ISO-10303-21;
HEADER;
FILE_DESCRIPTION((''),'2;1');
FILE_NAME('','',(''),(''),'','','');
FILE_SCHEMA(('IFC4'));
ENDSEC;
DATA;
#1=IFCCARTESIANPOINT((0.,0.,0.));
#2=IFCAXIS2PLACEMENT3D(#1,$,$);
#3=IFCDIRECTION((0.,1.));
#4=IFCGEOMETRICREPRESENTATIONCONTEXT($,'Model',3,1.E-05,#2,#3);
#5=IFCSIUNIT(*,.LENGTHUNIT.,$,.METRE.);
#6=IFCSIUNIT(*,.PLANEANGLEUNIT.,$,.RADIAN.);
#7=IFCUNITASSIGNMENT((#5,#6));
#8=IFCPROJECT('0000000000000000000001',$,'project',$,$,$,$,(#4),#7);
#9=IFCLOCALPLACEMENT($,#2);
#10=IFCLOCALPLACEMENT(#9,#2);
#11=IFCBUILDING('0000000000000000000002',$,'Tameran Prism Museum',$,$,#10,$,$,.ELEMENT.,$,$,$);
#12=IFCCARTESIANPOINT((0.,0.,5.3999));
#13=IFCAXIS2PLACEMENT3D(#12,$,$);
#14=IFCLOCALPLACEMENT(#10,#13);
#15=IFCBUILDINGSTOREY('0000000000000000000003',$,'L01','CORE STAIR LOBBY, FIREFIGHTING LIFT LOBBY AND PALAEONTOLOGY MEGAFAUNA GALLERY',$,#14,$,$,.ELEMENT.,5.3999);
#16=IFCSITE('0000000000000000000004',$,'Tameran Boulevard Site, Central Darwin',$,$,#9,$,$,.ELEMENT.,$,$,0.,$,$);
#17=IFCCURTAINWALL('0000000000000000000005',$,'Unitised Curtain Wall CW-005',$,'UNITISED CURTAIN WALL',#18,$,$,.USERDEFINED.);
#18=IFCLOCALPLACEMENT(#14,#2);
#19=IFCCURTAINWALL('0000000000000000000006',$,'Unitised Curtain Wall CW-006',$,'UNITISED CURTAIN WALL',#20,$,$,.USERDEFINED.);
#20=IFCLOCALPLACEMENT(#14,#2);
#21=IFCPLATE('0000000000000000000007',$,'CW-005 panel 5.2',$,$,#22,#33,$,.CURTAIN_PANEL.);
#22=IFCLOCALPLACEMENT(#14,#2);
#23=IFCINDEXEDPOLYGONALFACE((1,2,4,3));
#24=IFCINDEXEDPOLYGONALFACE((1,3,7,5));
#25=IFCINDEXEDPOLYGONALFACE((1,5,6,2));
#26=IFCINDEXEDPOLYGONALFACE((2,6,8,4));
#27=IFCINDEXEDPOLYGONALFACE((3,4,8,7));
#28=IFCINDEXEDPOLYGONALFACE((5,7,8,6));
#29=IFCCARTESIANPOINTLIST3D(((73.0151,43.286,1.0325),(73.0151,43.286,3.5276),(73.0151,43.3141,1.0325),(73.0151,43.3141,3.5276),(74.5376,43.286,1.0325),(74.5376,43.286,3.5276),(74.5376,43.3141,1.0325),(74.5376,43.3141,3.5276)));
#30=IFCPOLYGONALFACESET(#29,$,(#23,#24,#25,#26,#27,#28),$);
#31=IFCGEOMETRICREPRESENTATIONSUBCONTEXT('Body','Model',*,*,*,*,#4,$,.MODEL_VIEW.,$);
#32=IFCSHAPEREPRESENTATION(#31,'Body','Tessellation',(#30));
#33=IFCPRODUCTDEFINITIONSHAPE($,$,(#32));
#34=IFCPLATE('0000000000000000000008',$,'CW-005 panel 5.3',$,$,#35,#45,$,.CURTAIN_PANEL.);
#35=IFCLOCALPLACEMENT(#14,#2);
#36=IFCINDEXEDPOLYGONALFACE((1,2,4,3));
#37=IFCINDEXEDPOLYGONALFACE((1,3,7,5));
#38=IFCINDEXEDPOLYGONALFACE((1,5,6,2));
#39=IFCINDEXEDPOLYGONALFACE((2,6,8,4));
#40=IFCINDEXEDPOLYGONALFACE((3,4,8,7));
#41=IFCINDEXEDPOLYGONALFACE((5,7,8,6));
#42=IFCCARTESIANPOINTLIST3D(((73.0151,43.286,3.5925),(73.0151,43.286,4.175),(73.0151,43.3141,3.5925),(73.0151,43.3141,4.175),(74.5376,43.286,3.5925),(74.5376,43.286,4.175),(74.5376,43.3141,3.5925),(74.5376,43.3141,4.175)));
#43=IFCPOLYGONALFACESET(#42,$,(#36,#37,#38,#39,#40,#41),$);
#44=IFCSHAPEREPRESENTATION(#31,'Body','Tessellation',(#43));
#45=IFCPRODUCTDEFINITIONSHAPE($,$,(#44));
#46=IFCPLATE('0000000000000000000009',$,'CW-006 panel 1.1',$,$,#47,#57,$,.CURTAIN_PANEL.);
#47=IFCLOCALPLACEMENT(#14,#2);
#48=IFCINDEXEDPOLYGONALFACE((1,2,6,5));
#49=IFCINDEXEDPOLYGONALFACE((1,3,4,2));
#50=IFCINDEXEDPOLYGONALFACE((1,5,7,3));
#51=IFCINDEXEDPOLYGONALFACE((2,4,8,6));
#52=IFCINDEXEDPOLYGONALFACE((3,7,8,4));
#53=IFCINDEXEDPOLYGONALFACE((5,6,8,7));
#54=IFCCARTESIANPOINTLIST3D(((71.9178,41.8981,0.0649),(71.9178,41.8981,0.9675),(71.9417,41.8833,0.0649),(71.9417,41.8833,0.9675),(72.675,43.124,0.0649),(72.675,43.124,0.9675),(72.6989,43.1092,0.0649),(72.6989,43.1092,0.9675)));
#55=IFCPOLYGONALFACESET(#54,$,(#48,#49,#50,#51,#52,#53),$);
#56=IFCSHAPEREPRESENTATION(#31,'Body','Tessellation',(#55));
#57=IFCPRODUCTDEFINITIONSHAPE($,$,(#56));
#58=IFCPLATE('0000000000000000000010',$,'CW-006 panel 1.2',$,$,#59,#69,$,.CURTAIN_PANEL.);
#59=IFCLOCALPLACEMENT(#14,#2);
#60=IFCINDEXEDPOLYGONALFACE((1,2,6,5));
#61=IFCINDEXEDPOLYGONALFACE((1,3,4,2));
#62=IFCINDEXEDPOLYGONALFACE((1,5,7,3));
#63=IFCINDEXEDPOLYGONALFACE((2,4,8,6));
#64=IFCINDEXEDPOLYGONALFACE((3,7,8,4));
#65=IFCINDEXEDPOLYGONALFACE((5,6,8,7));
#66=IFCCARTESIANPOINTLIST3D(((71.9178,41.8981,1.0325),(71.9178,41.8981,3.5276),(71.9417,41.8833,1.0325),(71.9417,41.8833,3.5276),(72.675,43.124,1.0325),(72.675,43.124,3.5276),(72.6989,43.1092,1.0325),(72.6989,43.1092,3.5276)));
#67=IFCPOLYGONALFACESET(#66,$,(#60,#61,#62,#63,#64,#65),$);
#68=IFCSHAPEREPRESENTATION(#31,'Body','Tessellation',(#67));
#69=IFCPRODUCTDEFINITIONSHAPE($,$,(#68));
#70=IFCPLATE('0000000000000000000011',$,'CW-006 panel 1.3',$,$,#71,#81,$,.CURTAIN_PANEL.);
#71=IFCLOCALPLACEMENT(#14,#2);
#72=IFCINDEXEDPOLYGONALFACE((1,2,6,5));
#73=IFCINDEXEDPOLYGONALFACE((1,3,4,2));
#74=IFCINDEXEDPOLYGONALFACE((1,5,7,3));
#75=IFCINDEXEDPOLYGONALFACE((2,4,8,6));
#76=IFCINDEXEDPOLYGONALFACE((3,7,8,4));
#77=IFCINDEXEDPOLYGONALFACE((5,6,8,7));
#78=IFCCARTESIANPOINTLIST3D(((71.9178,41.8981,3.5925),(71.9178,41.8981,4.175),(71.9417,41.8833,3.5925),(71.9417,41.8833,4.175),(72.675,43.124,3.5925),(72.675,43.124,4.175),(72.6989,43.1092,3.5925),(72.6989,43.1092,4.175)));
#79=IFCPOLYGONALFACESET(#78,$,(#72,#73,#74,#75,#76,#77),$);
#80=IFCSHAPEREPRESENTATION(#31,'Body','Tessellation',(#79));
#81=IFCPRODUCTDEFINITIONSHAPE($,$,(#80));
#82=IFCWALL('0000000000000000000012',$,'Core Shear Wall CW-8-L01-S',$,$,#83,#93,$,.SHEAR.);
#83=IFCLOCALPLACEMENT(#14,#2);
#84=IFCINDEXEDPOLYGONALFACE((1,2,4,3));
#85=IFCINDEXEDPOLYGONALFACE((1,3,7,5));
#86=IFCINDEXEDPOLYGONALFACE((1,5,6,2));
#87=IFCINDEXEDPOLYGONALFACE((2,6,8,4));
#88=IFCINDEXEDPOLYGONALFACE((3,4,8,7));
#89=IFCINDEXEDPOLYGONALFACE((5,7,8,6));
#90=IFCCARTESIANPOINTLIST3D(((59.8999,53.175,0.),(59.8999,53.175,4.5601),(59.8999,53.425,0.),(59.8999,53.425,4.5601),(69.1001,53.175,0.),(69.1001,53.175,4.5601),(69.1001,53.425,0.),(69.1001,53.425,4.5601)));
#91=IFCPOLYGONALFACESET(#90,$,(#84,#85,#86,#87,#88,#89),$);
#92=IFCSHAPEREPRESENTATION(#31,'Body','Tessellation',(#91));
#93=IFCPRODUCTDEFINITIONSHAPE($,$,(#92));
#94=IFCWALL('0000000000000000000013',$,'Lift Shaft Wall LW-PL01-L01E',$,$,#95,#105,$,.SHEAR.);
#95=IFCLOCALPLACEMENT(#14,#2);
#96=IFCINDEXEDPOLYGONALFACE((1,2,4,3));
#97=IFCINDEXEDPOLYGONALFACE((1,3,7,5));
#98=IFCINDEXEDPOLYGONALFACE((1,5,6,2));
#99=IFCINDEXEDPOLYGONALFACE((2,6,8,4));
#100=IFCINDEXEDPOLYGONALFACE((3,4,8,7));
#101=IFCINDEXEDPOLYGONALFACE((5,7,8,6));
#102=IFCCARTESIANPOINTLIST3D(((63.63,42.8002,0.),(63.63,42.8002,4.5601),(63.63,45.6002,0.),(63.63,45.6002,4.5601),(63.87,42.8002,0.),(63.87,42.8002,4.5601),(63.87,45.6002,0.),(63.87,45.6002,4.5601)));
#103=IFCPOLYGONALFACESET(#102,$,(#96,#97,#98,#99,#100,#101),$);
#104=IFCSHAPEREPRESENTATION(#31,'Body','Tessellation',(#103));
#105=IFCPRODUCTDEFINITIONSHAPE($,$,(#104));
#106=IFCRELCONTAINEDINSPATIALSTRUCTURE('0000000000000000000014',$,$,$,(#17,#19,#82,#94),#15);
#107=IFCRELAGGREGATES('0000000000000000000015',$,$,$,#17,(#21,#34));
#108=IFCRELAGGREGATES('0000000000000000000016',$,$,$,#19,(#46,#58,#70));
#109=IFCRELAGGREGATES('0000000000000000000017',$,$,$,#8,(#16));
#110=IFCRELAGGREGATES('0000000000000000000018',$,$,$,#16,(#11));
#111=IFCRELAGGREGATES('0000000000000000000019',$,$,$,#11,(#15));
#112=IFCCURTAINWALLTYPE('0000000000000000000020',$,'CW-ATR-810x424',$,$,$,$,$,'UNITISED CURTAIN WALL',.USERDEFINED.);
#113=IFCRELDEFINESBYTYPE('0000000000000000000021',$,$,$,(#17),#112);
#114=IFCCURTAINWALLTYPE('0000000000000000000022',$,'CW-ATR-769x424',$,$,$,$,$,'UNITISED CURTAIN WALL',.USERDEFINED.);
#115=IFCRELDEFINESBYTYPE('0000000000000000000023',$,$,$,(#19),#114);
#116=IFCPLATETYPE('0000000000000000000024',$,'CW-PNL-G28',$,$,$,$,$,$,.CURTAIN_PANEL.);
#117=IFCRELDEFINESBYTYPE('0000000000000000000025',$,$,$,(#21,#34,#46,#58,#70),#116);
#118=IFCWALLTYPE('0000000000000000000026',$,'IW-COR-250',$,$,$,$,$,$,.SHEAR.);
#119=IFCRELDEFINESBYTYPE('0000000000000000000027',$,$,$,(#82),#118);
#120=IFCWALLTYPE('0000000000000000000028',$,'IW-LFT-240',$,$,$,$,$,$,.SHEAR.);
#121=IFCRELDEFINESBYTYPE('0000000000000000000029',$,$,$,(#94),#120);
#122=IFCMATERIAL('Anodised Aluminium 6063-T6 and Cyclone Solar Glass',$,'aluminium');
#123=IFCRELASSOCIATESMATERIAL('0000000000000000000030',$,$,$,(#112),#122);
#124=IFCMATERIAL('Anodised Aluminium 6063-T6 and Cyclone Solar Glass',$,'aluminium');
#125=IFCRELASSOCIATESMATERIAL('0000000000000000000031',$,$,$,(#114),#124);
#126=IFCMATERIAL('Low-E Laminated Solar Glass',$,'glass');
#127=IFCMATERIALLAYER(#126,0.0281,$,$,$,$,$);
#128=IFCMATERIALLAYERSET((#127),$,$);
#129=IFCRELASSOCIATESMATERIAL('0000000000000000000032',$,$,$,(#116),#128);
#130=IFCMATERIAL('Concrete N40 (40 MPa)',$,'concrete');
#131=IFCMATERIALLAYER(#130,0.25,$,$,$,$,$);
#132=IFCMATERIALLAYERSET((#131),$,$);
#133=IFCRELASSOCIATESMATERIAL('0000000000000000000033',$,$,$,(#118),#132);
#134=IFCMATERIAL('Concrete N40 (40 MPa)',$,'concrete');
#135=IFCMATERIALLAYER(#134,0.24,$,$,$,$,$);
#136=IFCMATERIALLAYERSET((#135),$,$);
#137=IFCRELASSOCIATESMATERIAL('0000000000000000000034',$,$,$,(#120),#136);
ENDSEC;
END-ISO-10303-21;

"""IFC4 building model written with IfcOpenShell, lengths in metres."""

from ifc_helpers import new_model, si_unit, direction, frame, frame_2d, origin, origin_2d, place, context, subcontext, project, spatial, rectangle, extrude, material, layer, layer_set, type_object, element, aggregate, save


model = new_model("IFC4")

# Units and contexts
model_context = context("Model", 3, precision=1e-05, world=origin(), true_north=direction((0.0, 1.0)))
body_context = subcontext(model_context, "Body", "Model", "MODEL_VIEW")
ifc_project = project(units=[si_unit("LENGTHUNIT", "METRE"), si_unit("PLANEANGLEUNIT", "RADIAN")], contexts=[model_context])

# Site, building, storey
site_placement = place(None, origin())
site = spatial("IfcSite", under=ifc_project, at=site_placement, Name="Tameran Boulevard Site, Central Darwin", CompositionType="ELEMENT", RefElevation=0.0)
building_placement = place(site_placement, origin())
building = spatial("IfcBuilding", under=site, at=building_placement, Name="Tameran Prism Museum", CompositionType="ELEMENT")
storey_placement = place(building_placement, frame((0.0, 0.0, 5.3999)))
storey = spatial("IfcBuildingStorey", under=building, at=storey_placement, Name="L01", Description="CORE STAIR LOBBY, FIREFIGHTING LIFT LOBBY AND PALAEONTOLOGY MEGAFAUNA GALLERY", CompositionType="ELEMENT", Elevation=5.3999)

# Curtain walls
ifc_material_1 = material(Name="Anodised Aluminium 6063-T6 and Cyclone Solar Glass", Category="aluminium")
curtain_wall_type_1 = type_object("IfcCurtainWallType", Name="CW-ATR-810x424", ElementType="UNITISED CURTAIN WALL", PredefinedType="USERDEFINED", material=ifc_material_1)
curtain_wall_1_placement = place(storey_placement, origin())
curtain_wall_1 = element("IfcCurtainWall", 1, at=curtain_wall_1_placement, inside=storey, type_object=curtain_wall_type_1, Name="Unitised Curtain Wall CW-005", ObjectType="UNITISED CURTAIN WALL", PredefinedType="USERDEFINED")
ifc_material_2 = material(Name="Anodised Aluminium 6063-T6 and Cyclone Solar Glass", Category="aluminium")
curtain_wall_type_2 = type_object("IfcCurtainWallType", Name="CW-ATR-769x424", ElementType="UNITISED CURTAIN WALL", PredefinedType="USERDEFINED", material=ifc_material_2)
curtain_wall_2_placement = place(storey_placement, origin())
curtain_wall_2 = element("IfcCurtainWall", 2, at=curtain_wall_2_placement, inside=storey, type_object=curtain_wall_type_2, Name="Unitised Curtain Wall CW-006", ObjectType="UNITISED CURTAIN WALL", PredefinedType="USERDEFINED")

# Plates
ifc_material_3 = material(Name="Low-E Laminated Solar Glass", Category="glass")
ifc_layer_1 = layer(ifc_material_3, 0.0281)
ifc_layer_set_1 = layer_set([ifc_layer_1])
plate_type = type_object("IfcPlateType", Name="CW-PNL-G28", PredefinedType="CURTAIN_PANEL", material=ifc_layer_set_1)
plate_1_placement = place(storey_placement, frame((73.7764, 43.3, 1.0325), z_axis=(0.0, 0.0, 1.0), x_axis=(-1.0, 0.0, 0.0)))
plate_1 = element("IfcPlate", 3, at=plate_1_placement, type_object=plate_type, Name="CW-005 panel 5.2", PredefinedType="CURTAIN_PANEL", context=body_context, shape_type="SweptSolid", body=[
    extrude(rectangle(XDim=1.5225, YDim=0.0281, at=origin_2d()), origin(), (0.0, 0.0, 1.0), 2.4951),
])
plate_2_placement = place(storey_placement, frame((73.7764, 43.3, 3.5925), z_axis=(0.0, 0.0, 1.0), x_axis=(-1.0, 0.0, 0.0)))
plate_2 = element("IfcPlate", 4, at=plate_2_placement, type_object=plate_type, Name="CW-005 panel 5.3", PredefinedType="CURTAIN_PANEL", context=body_context, shape_type="SweptSolid", body=[
    extrude(rectangle(XDim=1.5225, YDim=0.0281, at=origin_2d()), origin(), (0.0, 0.0, 1.0), 0.5825),
])
aggregate(curtain_wall_1, [plate_1, plate_2])
plate_3_placement = place(storey_placement, frame((72.3083, 42.5037, 0.0649), z_axis=(0.0, 0.0, 1.0), x_axis=(-0.525504, -0.850791, 0.0)))
plate_3 = element("IfcPlate", 5, at=plate_3_placement, type_object=plate_type, Name="CW-006 panel 1.1", PredefinedType="CURTAIN_PANEL", context=body_context, shape_type="SweptSolid", body=[
    extrude(rectangle(XDim=1.4409, YDim=0.0281, at=origin_2d()), origin(), (0.0, 0.0, 1.0), 0.9026),
])
plate_4_placement = place(storey_placement, frame((72.3083, 42.5037, 1.0325), z_axis=(0.0, 0.0, 1.0), x_axis=(-0.525504, -0.850791, 0.0)))
plate_4 = element("IfcPlate", 6, at=plate_4_placement, type_object=plate_type, Name="CW-006 panel 1.2", PredefinedType="CURTAIN_PANEL", context=body_context, shape_type="SweptSolid", body=[
    extrude(rectangle(XDim=1.4409, YDim=0.0281, at=origin_2d()), origin(), (0.0, 0.0, 1.0), 2.4951),
])
plate_5_placement = place(storey_placement, frame((72.3083, 42.5037, 3.5925), z_axis=(0.0, 0.0, 1.0), x_axis=(-0.525504, -0.850791, 0.0)))
plate_5 = element("IfcPlate", 7, at=plate_5_placement, type_object=plate_type, Name="CW-006 panel 1.3", PredefinedType="CURTAIN_PANEL", context=body_context, shape_type="SweptSolid", body=[
    extrude(rectangle(XDim=1.4409, YDim=0.0281, at=origin_2d()), origin(), (0.0, 0.0, 1.0), 0.5825),
])
aggregate(curtain_wall_2, [plate_3, plate_4, plate_5])

# Walls
ifc_material_4 = material(Name="Concrete N40 (40 MPa)", Category="concrete")
ifc_layer_2 = layer(ifc_material_4, 0.25)
ifc_layer_set_2 = layer_set([ifc_layer_2])
wall_type_1 = type_object("IfcWallType", Name="IW-COR-250", PredefinedType="SHEAR", material=ifc_layer_set_2)
wall_1_placement = place(storey_placement, frame((69.1001, 53.3, 0.0), z_axis=(0.0, 0.0, 1.0), x_axis=(-1.0, 0.0, 0.0)))
element("IfcWall", 8, at=wall_1_placement, inside=storey, type_object=wall_type_1, Name="Core Shear Wall CW-8-L01-S", PredefinedType="SHEAR", context=body_context, shape_type="SweptSolid", body=[
    extrude(rectangle(XDim=9.2002, YDim=0.25, at=frame_2d((4.6001, 0.0))), origin(), (0.0, 0.0, 1.0), 4.5601),
])
ifc_material_5 = material(Name="Concrete N40 (40 MPa)", Category="concrete")
ifc_layer_3 = layer(ifc_material_5, 0.24)
ifc_layer_set_3 = layer_set([ifc_layer_3])
wall_type_2 = type_object("IfcWallType", Name="IW-LFT-240", PredefinedType="SHEAR", material=ifc_layer_set_3)
wall_2_placement = place(storey_placement, frame((63.75, 45.6001, 0.0), z_axis=(0.0, 0.0, 1.0), x_axis=(0.0, -1.0, 0.0)))
element("IfcWall", 9, at=wall_2_placement, inside=storey, type_object=wall_type_2, Name="Lift Shaft Wall LW-PL01-L01E", PredefinedType="SHEAR", context=body_context, shape_type="SweptSolid", body=[
    extrude(rectangle(XDim=2.8, YDim=0.24, at=frame_2d((1.3999, 0.0))), origin(), (0.0, 0.0, 1.0), 4.5601),
])

save(model, "model.ifc")
